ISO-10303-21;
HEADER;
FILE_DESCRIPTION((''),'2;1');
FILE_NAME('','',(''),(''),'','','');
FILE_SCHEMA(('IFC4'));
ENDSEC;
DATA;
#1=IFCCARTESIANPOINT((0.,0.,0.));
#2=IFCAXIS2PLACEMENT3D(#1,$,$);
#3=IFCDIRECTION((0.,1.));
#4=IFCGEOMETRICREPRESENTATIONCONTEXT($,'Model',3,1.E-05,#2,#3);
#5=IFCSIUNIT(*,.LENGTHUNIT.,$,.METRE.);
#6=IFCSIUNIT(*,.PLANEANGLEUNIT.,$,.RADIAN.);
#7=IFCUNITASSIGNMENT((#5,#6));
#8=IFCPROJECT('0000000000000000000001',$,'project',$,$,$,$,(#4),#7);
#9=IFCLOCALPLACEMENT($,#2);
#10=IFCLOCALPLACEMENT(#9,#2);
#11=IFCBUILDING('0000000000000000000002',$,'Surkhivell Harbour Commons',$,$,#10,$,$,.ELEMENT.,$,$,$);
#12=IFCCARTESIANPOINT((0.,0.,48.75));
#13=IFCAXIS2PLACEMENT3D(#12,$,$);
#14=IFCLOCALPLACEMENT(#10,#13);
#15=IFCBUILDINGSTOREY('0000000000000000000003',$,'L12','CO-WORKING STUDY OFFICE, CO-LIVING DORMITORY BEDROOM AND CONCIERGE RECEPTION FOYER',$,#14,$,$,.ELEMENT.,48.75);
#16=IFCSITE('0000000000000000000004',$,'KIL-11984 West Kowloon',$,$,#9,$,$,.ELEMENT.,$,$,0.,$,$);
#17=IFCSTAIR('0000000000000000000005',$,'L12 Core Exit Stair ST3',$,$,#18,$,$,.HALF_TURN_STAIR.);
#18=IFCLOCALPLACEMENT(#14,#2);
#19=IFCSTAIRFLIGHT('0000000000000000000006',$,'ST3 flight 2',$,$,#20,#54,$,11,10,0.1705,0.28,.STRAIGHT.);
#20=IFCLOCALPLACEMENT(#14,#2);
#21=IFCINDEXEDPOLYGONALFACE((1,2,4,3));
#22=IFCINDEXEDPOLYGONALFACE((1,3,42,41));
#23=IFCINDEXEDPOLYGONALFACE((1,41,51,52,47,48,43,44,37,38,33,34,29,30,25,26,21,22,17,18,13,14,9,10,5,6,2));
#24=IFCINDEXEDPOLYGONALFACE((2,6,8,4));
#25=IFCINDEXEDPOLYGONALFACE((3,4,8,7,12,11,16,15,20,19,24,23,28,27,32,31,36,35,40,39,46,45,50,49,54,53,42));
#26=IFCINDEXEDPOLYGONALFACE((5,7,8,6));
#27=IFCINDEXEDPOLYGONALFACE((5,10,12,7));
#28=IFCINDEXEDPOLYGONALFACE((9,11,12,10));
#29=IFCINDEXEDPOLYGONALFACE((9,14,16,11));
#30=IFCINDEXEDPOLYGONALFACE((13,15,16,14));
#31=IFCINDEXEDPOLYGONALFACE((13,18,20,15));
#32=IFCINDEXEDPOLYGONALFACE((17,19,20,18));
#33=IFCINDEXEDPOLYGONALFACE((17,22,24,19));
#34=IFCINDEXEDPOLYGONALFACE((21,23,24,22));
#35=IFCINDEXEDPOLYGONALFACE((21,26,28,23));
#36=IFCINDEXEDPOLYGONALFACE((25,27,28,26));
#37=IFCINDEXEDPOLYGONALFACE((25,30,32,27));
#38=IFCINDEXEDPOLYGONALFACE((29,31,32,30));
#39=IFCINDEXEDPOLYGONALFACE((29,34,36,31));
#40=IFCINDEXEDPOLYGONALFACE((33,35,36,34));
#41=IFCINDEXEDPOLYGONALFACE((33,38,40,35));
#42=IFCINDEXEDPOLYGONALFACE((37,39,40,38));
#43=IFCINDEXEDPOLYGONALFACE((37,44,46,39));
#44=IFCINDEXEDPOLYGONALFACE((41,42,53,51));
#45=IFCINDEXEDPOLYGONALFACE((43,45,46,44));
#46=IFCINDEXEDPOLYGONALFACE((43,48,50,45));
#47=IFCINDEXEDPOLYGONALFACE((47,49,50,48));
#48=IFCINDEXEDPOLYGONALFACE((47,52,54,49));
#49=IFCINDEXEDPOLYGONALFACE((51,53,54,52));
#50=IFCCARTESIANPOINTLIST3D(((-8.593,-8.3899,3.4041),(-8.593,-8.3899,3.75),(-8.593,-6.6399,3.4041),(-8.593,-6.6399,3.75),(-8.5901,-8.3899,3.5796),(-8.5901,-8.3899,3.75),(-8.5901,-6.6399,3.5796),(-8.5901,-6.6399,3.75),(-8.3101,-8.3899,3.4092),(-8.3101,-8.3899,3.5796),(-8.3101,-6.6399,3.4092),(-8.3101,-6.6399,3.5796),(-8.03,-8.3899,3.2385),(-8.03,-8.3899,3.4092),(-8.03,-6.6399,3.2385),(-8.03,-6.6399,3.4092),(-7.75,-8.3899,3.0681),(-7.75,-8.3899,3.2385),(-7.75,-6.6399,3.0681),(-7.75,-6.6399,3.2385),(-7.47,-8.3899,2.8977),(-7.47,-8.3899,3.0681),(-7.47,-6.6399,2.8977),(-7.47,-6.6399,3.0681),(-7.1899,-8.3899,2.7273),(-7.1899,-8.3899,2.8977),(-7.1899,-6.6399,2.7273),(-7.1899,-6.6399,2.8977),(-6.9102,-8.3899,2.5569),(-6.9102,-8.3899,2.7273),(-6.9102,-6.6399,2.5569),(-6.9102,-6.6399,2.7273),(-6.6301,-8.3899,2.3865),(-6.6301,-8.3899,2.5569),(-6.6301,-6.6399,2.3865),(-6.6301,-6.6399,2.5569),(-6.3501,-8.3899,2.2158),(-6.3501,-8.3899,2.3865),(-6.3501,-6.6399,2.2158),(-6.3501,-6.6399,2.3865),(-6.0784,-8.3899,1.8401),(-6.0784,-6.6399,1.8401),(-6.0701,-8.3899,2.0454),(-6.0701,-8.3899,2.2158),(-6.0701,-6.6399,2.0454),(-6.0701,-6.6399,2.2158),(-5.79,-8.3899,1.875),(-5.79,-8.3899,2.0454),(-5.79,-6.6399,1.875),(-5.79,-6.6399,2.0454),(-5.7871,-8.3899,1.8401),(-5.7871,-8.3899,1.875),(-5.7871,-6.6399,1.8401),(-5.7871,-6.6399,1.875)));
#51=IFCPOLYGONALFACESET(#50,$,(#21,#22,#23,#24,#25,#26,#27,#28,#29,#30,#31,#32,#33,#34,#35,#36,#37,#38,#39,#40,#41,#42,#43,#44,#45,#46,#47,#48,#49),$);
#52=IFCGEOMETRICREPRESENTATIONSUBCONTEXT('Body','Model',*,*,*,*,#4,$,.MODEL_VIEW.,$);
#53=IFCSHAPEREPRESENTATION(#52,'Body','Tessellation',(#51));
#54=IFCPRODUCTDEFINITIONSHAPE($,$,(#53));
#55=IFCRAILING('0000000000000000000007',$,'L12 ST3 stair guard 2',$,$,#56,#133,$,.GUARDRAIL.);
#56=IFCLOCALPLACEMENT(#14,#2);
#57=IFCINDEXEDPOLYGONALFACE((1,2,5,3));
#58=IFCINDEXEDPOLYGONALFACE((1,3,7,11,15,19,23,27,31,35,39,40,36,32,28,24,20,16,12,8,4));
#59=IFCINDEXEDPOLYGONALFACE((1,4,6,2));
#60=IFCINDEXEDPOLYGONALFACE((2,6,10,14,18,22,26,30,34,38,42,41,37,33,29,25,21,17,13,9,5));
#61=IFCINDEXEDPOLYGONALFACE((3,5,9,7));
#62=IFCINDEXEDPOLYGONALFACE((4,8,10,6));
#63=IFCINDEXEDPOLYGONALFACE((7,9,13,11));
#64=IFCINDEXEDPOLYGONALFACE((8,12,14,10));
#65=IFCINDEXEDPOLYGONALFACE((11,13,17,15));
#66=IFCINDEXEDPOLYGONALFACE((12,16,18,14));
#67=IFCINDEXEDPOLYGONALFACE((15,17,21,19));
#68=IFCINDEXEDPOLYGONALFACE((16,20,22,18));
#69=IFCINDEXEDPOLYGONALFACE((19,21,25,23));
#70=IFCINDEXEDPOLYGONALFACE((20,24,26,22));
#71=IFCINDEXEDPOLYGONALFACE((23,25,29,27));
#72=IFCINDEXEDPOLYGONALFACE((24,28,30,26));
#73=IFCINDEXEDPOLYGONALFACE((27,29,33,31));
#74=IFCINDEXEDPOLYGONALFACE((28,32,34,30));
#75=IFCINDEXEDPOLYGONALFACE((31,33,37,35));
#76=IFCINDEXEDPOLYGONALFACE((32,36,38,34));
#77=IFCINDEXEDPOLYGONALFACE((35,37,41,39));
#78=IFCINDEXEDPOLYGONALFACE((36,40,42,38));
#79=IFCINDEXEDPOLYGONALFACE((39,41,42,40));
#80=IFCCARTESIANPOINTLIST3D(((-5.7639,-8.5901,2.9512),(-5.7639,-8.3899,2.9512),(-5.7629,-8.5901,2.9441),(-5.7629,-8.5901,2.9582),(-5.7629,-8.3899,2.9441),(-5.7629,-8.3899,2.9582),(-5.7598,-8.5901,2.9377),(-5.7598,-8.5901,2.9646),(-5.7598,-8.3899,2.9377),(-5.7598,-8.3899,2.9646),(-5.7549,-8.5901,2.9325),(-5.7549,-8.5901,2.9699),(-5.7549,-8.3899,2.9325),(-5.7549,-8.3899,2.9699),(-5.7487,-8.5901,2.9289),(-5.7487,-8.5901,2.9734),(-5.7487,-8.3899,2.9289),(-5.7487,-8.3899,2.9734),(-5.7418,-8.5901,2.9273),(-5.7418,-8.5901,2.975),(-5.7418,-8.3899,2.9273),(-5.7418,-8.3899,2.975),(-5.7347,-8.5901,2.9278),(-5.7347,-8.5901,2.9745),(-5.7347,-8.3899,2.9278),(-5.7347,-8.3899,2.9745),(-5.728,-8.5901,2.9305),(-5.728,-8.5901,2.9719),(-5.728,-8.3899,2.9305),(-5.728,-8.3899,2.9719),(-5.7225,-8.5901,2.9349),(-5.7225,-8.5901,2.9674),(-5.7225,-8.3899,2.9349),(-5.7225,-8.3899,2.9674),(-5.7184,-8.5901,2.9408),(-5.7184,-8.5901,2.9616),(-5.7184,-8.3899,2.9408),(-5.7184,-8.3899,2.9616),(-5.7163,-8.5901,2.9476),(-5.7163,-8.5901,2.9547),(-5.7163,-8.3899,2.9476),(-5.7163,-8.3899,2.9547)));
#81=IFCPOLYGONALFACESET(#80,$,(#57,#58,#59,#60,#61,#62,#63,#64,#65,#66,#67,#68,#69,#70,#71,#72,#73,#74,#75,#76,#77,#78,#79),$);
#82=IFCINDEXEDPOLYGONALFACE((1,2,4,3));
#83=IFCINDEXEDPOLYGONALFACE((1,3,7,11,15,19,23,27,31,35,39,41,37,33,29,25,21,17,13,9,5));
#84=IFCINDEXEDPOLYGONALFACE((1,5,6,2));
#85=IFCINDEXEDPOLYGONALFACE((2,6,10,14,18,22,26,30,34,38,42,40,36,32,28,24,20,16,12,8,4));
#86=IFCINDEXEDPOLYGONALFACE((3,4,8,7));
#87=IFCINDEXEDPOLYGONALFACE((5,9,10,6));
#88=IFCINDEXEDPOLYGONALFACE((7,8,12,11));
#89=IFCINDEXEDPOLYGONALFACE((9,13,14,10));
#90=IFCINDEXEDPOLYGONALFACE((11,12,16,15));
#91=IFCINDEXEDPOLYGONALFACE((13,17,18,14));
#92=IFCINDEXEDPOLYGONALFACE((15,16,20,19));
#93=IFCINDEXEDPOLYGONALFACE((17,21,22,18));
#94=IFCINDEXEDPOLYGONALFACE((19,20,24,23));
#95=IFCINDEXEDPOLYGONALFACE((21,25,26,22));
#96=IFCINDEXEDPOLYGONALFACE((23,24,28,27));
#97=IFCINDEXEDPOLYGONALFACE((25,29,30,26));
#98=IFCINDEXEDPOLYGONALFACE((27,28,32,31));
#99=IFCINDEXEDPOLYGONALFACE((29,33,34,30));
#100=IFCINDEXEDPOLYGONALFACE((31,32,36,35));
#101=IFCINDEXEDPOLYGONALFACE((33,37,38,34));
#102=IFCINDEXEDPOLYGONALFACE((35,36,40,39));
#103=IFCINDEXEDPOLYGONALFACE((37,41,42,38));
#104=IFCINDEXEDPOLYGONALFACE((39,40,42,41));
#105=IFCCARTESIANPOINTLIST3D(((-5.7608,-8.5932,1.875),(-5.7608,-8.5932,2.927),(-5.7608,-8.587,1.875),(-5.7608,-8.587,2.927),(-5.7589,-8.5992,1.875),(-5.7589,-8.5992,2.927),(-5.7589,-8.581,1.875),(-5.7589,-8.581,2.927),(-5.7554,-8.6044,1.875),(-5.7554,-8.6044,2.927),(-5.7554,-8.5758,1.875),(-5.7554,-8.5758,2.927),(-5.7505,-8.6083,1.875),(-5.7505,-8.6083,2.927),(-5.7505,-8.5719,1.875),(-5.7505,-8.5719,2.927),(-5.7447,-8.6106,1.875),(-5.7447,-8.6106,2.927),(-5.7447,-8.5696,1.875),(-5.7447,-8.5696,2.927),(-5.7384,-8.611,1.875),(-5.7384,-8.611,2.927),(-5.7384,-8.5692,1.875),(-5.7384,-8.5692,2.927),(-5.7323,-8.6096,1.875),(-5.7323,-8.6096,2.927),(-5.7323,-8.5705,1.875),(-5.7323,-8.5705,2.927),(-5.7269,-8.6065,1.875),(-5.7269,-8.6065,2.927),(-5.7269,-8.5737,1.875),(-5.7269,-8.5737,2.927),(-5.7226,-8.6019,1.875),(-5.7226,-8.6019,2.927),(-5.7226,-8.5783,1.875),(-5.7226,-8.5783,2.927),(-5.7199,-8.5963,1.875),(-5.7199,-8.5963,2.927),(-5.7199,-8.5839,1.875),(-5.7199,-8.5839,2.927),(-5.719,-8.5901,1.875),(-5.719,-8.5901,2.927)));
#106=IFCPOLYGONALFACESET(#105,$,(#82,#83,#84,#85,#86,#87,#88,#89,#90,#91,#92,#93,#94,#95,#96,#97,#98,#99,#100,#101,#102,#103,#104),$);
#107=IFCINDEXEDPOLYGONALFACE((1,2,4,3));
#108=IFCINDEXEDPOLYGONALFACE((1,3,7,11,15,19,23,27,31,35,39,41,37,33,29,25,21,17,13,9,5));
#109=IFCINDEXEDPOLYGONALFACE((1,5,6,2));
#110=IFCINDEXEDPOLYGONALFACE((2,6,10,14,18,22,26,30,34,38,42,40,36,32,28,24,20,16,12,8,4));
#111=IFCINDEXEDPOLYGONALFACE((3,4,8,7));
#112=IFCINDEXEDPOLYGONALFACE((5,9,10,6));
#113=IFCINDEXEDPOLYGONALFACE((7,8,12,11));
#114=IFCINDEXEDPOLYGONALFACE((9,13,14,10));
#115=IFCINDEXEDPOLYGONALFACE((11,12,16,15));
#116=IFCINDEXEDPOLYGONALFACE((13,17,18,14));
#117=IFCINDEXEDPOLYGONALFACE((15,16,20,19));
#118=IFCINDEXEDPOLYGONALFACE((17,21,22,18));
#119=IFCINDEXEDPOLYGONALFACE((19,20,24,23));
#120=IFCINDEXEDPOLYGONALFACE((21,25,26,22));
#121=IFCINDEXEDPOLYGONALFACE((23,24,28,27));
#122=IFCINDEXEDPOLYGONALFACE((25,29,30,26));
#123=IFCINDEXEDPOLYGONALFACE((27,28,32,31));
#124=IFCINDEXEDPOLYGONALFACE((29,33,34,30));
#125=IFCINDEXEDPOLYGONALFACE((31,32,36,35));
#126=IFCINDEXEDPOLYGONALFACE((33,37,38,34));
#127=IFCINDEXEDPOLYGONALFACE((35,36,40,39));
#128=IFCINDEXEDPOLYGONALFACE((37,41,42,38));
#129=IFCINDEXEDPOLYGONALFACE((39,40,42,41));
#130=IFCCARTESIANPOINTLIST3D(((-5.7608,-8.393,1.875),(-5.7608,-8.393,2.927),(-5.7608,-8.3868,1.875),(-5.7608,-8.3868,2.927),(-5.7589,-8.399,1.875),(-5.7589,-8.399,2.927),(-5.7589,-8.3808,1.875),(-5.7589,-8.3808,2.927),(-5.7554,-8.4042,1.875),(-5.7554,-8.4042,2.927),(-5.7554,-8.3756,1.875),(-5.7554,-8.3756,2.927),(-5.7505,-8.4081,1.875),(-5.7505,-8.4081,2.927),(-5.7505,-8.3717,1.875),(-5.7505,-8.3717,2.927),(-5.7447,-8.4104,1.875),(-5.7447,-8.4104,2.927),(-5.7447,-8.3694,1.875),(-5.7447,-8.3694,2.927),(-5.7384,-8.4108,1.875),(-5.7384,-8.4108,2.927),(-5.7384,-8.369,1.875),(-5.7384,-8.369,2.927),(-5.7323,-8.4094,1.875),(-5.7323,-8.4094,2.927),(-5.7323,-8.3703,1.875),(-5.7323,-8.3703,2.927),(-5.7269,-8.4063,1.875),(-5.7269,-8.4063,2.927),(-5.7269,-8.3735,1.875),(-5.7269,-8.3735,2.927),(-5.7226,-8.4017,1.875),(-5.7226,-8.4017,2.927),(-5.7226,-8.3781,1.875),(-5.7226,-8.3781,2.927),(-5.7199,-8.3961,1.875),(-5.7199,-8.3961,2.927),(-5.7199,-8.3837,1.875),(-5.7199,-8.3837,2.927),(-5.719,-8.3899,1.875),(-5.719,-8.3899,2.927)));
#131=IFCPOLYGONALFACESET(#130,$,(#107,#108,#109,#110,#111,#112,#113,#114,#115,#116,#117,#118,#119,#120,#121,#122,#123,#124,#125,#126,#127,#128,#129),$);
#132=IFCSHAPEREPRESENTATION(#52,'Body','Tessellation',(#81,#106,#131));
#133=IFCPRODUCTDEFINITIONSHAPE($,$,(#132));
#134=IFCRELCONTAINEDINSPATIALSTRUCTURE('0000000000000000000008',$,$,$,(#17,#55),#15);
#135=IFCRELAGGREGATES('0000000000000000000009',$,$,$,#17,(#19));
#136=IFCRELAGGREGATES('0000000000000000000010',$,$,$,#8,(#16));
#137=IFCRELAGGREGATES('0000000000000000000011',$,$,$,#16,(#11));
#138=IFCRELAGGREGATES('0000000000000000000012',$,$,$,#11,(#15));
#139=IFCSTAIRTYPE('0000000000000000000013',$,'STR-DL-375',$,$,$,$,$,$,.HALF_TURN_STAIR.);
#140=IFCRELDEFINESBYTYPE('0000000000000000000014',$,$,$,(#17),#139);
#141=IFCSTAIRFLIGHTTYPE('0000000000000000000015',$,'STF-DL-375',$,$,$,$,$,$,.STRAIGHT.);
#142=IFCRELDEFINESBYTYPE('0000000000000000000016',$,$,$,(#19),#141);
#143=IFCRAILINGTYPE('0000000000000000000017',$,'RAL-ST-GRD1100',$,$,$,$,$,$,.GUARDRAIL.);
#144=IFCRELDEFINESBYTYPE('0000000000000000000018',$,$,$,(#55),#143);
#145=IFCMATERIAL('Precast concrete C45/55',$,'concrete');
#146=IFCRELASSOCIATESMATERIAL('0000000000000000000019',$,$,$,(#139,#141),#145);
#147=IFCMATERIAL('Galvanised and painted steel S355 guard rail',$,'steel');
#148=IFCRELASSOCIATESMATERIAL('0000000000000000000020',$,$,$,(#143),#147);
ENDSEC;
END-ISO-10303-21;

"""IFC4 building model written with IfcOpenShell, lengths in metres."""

from ifc_helpers import new_model, si_unit, direction, frame, origin, origin_2d, place, context, subcontext, project, spatial, polyline, circle, outline, extrude, material, type_object, element, aggregate, save


model = new_model("IFC4")

# Units and contexts
model_context = context("Model", 3, precision=1e-05, world=origin(), true_north=direction((0.0, 1.0)))
body_context = subcontext(model_context, "Body", "Model", "MODEL_VIEW")
ifc_project = project(units=[si_unit("LENGTHUNIT", "METRE"), si_unit("PLANEANGLEUNIT", "RADIAN")], contexts=[model_context])

# Site, building, storey
site_placement = place(None, origin())
site = spatial("IfcSite", under=ifc_project, at=site_placement, Name="KIL-11984 West Kowloon", CompositionType="ELEMENT", RefElevation=0.0)
building_placement = place(site_placement, origin())
building = spatial("IfcBuilding", under=site, at=building_placement, Name="Surkhivell Harbour Commons", CompositionType="ELEMENT")
storey_placement = place(building_placement, frame((0.0, 0.0, 48.75)))
storey = spatial("IfcBuildingStorey", under=building, at=storey_placement, Name="L12", Description="CO-WORKING STUDY OFFICE, CO-LIVING DORMITORY BEDROOM AND CONCIERGE RECEPTION FOYER", CompositionType="ELEMENT", Elevation=48.75)

# Stair, stair flight
ifc_material_1 = material(Name="Precast concrete C45/55", Category="concrete")
stair_type = type_object("IfcStairType", Name="STR-DL-375", PredefinedType="HALF_TURN_STAIR", material=ifc_material_1)
stair_placement = place(storey_placement, origin())
stair = element("IfcStair", 1, at=stair_placement, inside=storey, type_object=stair_type, Name="L12 Core Exit Stair ST3", PredefinedType="HALF_TURN_STAIR")
stair_flight_type = type_object("IfcStairFlightType", Name="STF-DL-375", PredefinedType="STRAIGHT", material=ifc_material_1)
stair_flight_placement = place(storey_placement, frame((-5.79, -7.5149, 1.875), z_axis=(0.0, 0.0, 1.0), x_axis=(-1.0, 0.0, 0.0)))
stair_flight = element("IfcStairFlight", 2, at=stair_flight_placement, type_object=stair_flight_type, Name="ST3 flight 2", NumberOfRisers=11, NumberOfTreads=10, PredefinedType="STRAIGHT", RiserHeight=0.1705, TreadLength=0.28, context=body_context, shape_type="SweptSolid", body=[
    extrude(outline(polyline([(-0.0029, -0.0349), (-0.0029, 0.0), (0.0, 0.0), (0.0, 0.1704), (0.28, 0.1704), (0.28, 0.3408), (0.5601, 0.3408), (0.5601, 0.5115), (0.8401, 0.5115), (0.8401, 0.6819), (1.1201, 0.6819), (1.1201, 0.8523), (1.3999, 0.8523), (1.3999, 1.0227), (1.6799, 1.0227), (1.6799, 1.1931), (1.96, 1.1931), (1.96, 1.3635), (2.24, 1.3635), (2.24, 1.5342), (2.52, 1.5342), (2.52, 1.7046), (2.8, 1.7046), (2.8, 1.875), (2.803, 1.875), (2.803, 1.5291), (0.2883, -0.0349), (-0.0029, -0.0349)])), frame((0.0, 0.875, 0.0), z_axis=(0.0, -1.0, 0.0), x_axis=(1.0, 0.0, 0.0)), (0.0, 0.0, 1.0), 1.75),
])
aggregate(stair, [stair_flight])

# Railing
ifc_material_2 = material(Name="Galvanised and painted steel S355 guard rail", Category="steel")
railing_type_1 = type_object("IfcRailingType", Name="RAL-ST-GRD1100", PredefinedType="GUARDRAIL", material=ifc_material_2)
railing_1_placement = place(storey_placement, frame((-5.74, -8.5901, 1.875)))
element("IfcRailing", 3, at=railing_1_placement, inside=storey, type_object=railing_type_1, Name="L12 ST3 stair guard 2", PredefinedType="GUARDRAIL", context=body_context, shape_type="SweptSolid", body=[
    extrude(circle(Radius=0.0239, at=origin_2d()), frame((0.0, 0.0, 1.0762), z_axis=(0.0, 1.0, 0.0), x_axis=(-1.0, 0.0, 0.0)), (0.0, 0.0, 1.0), 0.2002),
    extrude(circle(Radius=0.021, at=origin_2d()), origin(), (0.0, 0.0, 1.0), 1.052),
    extrude(circle(Radius=0.021, at=origin_2d()), frame((0.0, 0.2002, 0.0)), (0.0, 0.0, 1.0), 1.052),
])

save(model, "model.ifc")
